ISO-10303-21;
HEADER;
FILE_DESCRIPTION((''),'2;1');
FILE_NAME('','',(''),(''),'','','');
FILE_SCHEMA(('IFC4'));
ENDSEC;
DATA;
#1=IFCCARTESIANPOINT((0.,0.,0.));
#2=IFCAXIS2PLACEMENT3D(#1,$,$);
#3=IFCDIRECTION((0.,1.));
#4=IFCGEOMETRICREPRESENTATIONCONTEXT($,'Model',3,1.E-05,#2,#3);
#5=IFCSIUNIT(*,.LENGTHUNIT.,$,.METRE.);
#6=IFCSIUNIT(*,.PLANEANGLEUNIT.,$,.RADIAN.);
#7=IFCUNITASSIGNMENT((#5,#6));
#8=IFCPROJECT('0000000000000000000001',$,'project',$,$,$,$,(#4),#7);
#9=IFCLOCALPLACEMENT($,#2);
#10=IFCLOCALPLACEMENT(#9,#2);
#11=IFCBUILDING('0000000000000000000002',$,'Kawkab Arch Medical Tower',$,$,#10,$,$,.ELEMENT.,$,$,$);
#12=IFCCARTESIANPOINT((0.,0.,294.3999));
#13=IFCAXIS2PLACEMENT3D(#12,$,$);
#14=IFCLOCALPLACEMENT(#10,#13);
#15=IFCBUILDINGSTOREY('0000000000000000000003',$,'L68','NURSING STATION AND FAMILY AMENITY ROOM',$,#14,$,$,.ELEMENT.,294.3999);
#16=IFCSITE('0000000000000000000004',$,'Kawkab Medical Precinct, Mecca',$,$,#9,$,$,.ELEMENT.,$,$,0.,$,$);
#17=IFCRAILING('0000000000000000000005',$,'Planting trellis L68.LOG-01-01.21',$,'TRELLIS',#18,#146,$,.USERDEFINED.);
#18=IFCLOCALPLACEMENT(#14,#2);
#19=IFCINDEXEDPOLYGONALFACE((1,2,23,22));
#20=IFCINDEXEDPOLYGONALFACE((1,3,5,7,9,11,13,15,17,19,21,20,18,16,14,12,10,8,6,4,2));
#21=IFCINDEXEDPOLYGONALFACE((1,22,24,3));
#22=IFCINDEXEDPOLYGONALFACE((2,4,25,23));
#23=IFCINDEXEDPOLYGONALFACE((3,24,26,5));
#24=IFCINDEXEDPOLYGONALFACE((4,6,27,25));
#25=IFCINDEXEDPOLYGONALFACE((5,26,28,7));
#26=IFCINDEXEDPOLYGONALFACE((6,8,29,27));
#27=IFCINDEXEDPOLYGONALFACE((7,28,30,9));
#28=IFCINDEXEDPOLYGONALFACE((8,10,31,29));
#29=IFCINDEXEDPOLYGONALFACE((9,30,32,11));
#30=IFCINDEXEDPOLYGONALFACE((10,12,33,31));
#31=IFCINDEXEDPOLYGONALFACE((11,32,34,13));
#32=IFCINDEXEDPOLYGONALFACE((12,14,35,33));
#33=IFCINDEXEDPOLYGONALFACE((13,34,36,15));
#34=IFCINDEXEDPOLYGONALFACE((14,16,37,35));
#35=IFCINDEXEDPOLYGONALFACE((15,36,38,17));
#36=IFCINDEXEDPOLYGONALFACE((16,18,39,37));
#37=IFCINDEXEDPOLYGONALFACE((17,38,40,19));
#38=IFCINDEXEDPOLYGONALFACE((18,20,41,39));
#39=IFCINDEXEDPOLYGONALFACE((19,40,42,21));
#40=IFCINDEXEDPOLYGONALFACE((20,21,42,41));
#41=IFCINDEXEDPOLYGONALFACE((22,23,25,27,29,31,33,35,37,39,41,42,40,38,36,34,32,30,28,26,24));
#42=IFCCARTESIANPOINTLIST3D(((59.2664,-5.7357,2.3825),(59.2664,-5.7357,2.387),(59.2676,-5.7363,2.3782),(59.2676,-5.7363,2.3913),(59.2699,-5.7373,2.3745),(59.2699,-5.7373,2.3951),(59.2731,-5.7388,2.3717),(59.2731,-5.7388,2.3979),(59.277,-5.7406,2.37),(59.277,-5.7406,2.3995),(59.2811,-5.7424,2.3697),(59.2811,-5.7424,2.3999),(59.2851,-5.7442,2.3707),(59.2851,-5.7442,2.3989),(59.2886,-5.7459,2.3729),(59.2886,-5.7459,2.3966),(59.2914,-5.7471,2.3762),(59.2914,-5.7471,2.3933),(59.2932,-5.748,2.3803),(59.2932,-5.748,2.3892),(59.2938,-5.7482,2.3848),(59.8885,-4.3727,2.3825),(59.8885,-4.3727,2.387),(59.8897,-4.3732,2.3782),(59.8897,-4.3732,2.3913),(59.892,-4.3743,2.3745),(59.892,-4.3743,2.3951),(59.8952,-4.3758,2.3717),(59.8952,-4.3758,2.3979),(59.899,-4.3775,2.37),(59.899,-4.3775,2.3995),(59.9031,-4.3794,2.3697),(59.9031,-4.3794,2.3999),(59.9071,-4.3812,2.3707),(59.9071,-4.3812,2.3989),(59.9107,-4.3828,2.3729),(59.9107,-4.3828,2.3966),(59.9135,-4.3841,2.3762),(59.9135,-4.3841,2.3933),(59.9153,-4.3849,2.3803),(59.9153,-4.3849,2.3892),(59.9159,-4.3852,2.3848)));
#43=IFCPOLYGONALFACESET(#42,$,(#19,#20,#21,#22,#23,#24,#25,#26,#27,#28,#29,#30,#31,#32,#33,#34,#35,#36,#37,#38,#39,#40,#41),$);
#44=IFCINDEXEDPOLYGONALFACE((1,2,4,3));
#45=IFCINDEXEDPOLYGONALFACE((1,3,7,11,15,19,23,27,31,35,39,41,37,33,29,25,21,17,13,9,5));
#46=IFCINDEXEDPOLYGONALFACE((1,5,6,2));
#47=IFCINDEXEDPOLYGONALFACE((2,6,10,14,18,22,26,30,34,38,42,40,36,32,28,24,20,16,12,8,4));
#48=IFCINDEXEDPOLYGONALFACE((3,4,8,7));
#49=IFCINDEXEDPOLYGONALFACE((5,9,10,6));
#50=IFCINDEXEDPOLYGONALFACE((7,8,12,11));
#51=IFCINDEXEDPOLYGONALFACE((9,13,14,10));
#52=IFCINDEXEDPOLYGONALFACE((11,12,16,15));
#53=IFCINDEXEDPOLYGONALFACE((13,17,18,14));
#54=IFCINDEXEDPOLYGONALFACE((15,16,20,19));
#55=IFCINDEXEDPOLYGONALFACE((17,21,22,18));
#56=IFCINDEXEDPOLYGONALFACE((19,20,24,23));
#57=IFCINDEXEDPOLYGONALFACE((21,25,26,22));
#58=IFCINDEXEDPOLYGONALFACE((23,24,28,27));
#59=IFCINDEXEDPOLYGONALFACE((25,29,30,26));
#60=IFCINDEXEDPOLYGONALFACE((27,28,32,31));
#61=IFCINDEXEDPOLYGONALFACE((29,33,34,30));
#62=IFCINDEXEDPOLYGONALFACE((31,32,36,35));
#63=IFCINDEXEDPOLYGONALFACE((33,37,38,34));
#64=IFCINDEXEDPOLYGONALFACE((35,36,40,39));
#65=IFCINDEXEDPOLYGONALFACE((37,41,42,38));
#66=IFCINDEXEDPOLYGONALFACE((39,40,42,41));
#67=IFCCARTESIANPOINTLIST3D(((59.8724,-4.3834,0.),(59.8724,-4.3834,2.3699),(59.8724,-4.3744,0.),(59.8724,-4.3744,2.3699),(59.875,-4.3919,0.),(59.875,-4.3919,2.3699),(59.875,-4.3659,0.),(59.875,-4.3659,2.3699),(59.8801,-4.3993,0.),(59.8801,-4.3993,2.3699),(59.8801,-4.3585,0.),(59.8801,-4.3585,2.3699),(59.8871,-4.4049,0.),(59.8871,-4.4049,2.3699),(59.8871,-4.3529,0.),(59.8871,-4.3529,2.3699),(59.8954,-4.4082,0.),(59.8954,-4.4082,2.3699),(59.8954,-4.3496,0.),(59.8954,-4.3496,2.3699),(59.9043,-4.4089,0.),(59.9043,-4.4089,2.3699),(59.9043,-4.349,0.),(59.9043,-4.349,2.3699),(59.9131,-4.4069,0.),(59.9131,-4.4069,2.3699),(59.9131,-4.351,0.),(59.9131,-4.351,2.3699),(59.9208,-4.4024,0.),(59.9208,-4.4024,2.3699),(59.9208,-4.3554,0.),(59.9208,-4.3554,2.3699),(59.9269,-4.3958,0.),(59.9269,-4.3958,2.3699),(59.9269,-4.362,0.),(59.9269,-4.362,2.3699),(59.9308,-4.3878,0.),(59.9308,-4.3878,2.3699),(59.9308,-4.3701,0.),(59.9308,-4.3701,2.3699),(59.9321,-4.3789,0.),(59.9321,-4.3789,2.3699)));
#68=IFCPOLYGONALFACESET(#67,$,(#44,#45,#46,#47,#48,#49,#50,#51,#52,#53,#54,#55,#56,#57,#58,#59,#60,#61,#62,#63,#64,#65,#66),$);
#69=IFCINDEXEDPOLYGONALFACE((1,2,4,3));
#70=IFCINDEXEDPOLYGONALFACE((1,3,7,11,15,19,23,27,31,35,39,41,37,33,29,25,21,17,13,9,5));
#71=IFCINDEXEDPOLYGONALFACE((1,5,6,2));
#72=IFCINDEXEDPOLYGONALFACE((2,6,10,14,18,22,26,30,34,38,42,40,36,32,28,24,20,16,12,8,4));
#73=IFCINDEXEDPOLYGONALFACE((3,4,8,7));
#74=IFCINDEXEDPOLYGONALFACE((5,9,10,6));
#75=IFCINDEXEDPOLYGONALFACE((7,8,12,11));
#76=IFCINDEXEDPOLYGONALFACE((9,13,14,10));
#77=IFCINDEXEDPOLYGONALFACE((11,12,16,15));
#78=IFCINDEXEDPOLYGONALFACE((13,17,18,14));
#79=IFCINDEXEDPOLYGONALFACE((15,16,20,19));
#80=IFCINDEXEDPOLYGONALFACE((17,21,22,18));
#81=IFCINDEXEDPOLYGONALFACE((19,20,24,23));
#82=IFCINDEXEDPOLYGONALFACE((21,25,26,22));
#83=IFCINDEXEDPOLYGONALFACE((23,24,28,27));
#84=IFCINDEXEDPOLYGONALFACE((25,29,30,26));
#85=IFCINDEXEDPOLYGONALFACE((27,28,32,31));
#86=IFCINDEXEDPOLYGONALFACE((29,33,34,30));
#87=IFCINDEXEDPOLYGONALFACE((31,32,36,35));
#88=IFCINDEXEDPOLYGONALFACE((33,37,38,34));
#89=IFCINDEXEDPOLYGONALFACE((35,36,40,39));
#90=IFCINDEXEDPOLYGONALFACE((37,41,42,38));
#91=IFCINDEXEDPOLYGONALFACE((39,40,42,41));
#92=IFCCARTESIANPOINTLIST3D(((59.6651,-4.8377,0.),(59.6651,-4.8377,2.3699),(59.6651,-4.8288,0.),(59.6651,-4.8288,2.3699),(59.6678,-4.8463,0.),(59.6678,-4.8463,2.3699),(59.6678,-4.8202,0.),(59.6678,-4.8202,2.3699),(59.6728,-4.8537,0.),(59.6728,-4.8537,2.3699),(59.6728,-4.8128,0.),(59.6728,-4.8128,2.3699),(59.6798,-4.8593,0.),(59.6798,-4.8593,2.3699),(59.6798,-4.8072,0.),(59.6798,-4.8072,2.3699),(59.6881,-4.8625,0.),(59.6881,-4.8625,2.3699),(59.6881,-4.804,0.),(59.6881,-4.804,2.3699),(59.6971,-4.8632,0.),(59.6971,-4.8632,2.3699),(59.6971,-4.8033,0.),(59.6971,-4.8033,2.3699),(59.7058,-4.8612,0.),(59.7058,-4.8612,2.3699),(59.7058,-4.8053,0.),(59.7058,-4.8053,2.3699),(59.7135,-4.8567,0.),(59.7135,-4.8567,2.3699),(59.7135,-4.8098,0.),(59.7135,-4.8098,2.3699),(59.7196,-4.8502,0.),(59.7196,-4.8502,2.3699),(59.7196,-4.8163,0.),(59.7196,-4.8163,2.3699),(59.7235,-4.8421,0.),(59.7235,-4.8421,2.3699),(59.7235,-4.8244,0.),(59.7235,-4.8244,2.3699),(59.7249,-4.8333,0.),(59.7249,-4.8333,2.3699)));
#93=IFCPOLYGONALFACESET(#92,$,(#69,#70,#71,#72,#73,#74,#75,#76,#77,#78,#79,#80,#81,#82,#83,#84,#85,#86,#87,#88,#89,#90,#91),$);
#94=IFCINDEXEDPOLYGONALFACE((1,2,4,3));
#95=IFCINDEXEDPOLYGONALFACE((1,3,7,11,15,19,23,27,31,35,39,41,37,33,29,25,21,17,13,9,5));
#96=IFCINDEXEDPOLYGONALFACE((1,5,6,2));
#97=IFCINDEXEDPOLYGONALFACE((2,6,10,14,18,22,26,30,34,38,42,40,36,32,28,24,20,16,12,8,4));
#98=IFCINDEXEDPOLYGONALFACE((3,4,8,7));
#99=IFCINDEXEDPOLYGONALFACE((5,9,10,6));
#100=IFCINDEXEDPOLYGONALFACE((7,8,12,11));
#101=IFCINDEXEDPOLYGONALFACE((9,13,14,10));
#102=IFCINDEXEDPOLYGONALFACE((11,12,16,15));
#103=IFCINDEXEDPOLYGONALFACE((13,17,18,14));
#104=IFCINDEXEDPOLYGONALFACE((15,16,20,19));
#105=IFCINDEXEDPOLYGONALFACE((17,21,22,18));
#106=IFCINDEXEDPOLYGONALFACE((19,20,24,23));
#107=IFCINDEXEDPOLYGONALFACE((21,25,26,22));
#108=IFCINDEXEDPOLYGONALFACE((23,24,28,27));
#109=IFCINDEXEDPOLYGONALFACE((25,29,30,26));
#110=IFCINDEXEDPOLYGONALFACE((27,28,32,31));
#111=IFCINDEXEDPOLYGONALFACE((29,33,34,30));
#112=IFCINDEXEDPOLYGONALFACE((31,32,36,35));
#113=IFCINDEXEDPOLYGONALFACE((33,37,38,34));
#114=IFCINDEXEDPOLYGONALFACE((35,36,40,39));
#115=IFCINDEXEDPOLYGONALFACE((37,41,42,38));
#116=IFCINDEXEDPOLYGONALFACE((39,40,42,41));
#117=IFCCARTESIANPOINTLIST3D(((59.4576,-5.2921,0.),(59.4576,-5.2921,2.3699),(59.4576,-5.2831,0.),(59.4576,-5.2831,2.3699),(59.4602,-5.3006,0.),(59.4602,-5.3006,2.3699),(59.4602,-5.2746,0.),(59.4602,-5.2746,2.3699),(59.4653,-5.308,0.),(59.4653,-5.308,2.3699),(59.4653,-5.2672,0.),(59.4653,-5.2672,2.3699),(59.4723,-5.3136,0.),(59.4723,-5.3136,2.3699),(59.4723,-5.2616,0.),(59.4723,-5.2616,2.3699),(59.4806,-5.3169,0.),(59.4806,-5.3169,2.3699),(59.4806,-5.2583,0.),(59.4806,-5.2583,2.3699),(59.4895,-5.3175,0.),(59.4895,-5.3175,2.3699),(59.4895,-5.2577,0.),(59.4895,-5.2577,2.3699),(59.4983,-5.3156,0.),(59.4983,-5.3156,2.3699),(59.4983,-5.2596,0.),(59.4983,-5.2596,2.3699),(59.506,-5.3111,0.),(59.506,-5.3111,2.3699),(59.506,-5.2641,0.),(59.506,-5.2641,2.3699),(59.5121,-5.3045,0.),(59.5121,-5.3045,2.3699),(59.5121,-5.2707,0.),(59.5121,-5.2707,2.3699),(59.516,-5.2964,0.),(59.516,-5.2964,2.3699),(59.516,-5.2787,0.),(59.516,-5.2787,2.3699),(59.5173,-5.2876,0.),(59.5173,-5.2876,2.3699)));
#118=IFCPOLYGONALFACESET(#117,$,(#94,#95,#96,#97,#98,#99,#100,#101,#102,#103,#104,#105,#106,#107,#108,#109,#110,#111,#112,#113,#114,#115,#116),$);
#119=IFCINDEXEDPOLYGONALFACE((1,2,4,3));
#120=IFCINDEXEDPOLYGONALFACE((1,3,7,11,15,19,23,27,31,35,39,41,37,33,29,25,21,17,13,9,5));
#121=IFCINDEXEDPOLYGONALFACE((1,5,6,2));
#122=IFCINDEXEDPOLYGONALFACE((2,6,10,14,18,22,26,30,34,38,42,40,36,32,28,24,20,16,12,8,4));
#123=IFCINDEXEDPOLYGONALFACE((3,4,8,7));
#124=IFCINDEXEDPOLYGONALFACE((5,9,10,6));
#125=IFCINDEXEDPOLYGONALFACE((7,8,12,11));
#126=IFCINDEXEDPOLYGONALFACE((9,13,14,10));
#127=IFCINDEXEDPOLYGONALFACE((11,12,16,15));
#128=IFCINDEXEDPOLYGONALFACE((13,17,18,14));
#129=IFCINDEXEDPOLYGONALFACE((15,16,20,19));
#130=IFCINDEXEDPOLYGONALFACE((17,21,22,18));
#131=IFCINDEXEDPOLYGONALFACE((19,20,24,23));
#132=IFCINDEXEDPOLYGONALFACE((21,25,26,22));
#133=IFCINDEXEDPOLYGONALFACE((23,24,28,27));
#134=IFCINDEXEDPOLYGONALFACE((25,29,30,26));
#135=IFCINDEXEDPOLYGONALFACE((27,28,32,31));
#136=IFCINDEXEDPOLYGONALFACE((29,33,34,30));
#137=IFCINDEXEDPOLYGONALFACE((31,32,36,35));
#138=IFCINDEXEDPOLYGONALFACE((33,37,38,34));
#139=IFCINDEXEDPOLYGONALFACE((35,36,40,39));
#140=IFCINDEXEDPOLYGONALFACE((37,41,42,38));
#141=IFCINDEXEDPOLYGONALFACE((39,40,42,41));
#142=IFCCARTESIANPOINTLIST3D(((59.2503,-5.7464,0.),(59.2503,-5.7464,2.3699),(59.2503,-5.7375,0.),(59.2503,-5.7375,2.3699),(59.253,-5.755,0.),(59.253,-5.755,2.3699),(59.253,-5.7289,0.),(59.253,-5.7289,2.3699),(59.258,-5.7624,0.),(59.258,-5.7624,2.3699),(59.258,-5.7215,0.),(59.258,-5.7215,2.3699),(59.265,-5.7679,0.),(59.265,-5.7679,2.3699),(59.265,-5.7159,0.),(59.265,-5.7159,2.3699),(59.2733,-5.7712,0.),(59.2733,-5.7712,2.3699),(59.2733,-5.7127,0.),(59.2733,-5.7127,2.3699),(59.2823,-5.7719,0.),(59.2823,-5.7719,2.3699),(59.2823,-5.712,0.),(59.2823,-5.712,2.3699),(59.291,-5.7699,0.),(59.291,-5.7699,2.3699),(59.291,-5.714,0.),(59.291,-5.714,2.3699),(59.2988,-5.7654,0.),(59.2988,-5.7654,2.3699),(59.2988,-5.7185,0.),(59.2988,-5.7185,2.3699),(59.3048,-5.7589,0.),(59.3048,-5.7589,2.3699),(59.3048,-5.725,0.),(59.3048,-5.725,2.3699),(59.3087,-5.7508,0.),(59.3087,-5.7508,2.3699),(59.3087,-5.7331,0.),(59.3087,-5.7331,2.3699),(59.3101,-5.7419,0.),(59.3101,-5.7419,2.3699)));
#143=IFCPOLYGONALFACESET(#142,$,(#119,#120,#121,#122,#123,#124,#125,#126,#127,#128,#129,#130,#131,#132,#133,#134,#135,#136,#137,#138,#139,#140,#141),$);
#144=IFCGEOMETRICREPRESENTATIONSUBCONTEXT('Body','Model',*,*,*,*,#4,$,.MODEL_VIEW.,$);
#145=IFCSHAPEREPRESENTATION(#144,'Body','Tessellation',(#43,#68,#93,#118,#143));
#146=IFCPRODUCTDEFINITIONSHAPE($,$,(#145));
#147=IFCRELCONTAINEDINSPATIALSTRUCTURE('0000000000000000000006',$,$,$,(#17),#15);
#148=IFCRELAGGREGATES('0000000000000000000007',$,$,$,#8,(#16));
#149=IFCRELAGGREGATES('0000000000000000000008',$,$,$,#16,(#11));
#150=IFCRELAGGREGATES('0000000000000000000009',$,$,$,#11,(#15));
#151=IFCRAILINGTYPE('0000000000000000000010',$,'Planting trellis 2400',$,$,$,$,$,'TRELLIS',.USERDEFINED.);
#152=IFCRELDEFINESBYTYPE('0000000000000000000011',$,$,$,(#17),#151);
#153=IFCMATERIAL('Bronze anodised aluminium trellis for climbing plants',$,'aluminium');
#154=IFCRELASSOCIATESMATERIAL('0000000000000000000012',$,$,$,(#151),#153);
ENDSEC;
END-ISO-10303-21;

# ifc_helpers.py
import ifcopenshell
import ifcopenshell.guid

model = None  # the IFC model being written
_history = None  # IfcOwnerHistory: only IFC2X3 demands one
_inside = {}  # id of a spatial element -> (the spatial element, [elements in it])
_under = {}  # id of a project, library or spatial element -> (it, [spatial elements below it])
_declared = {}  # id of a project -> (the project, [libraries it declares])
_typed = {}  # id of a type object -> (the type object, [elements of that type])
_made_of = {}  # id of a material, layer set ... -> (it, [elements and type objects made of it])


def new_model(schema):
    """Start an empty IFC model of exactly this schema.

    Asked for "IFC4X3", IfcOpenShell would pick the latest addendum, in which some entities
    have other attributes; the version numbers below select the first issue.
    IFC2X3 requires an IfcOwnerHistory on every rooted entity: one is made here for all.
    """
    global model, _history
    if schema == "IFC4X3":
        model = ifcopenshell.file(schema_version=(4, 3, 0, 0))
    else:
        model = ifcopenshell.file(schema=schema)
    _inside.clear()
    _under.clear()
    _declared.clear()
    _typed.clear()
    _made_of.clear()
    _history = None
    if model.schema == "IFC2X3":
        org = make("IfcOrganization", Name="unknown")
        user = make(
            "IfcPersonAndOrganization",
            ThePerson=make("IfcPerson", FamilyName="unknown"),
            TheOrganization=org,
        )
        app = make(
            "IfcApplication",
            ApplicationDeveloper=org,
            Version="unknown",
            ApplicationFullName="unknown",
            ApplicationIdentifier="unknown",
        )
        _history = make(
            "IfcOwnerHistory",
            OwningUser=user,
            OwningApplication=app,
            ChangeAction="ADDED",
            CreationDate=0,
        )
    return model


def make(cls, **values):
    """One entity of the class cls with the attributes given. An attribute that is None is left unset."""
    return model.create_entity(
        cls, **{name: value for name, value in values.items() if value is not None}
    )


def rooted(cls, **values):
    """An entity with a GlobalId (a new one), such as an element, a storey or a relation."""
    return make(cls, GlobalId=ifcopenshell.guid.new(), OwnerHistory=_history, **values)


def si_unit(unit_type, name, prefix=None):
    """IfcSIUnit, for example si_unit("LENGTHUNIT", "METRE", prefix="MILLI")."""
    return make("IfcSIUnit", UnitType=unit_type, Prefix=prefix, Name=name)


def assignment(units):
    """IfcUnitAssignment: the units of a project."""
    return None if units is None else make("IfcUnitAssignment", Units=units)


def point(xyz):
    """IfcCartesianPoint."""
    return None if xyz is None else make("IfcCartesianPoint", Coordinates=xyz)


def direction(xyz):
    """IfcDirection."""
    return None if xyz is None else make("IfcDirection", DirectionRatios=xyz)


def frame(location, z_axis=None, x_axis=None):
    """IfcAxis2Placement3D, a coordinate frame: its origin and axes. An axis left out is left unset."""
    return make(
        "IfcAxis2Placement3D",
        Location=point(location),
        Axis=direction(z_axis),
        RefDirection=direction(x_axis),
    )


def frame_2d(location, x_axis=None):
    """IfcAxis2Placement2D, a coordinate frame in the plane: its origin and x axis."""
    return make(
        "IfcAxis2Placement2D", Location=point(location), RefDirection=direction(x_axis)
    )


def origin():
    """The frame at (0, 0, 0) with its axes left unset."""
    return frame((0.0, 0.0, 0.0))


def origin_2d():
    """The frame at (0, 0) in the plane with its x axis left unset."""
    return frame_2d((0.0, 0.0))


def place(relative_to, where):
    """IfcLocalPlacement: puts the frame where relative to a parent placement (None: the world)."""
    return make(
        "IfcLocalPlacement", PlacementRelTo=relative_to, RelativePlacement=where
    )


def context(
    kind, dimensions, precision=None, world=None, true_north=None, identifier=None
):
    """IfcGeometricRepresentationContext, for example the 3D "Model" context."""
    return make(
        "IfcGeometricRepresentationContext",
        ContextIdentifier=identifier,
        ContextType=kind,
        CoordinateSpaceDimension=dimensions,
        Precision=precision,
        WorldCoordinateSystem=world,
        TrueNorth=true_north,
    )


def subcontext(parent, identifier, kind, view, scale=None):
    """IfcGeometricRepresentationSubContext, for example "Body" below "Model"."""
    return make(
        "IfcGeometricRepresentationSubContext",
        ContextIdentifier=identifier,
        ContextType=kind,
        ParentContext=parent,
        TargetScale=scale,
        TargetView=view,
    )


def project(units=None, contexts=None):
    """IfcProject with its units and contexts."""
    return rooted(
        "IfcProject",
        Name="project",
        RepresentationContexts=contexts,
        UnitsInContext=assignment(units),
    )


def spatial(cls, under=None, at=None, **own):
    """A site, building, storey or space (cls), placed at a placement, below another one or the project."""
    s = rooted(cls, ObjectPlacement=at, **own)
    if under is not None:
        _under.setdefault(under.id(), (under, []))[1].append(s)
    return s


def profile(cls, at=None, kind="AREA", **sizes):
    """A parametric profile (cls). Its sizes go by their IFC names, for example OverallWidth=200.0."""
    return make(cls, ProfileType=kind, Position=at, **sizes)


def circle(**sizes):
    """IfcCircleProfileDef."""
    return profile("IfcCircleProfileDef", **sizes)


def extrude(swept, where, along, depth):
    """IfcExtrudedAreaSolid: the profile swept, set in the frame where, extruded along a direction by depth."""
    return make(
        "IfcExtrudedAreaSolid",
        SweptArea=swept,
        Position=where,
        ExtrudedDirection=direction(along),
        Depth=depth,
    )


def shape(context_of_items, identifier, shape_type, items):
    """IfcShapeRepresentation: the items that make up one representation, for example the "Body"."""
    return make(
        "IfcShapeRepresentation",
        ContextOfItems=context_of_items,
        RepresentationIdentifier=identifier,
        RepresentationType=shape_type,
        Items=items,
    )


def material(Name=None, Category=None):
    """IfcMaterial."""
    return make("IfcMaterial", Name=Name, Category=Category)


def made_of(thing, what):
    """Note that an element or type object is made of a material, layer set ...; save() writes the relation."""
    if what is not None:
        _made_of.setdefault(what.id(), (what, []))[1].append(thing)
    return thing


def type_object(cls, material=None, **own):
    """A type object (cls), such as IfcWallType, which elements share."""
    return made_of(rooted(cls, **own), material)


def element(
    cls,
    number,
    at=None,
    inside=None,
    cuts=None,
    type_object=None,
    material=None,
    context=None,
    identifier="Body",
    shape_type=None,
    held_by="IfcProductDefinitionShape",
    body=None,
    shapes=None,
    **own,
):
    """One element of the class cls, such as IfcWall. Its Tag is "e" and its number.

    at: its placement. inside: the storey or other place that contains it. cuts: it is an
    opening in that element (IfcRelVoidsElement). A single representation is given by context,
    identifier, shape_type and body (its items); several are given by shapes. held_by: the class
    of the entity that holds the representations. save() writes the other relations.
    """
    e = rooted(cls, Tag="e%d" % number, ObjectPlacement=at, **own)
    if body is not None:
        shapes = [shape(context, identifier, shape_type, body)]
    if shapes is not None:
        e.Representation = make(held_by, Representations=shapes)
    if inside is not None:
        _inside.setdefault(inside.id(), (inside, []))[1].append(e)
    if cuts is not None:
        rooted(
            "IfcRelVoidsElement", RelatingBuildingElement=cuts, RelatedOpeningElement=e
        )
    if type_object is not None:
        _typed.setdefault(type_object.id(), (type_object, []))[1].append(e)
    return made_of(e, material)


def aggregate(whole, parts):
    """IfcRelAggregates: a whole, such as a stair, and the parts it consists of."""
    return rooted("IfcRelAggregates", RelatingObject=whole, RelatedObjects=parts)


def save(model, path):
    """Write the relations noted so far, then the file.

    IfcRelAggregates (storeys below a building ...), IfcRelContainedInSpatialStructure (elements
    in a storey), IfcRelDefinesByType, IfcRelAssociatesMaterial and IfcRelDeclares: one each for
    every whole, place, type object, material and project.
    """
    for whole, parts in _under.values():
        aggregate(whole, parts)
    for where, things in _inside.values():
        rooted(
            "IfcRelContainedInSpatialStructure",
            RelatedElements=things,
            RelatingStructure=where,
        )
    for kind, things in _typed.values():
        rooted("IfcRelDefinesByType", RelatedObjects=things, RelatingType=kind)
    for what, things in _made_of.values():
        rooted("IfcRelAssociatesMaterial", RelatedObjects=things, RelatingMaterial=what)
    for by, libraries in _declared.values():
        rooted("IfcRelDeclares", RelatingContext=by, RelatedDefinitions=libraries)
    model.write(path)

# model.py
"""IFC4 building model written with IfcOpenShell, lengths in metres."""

from ifc_helpers import new_model, si_unit, direction, frame, origin, origin_2d, place, context, subcontext, project, spatial, circle, extrude, material, type_object, element, save


model = new_model("IFC4")

# Units and contexts
model_context = context("Model", 3, precision=1e-05, world=origin(), true_north=direction((0.0, 1.0)))
body_context = subcontext(model_context, "Body", "Model", "MODEL_VIEW")
ifc_project = project(units=[si_unit("LENGTHUNIT", "METRE"), si_unit("PLANEANGLEUNIT", "RADIAN")], contexts=[model_context])

# Site, building, storey
site_placement = place(None, origin())
site = spatial("IfcSite", under=ifc_project, at=site_placement, Name="Kawkab Medical Precinct, Mecca", CompositionType="ELEMENT", RefElevation=0.0)
building_placement = place(site_placement, origin())
building = spatial("IfcBuilding", under=site, at=building_placement, Name="Kawkab Arch Medical Tower", CompositionType="ELEMENT")
storey_placement = place(building_placement, frame((0.0, 0.0, 294.3999)))
storey = spatial("IfcBuildingStorey", under=building, at=storey_placement, Name="L68", Description="NURSING STATION AND FAMILY AMENITY ROOM", CompositionType="ELEMENT", Elevation=294.3999)

# Railing
ifc_material_1 = material(Name="Bronze anodised aluminium trellis for climbing plants", Category="aluminium")
railing_type_1 = type_object("IfcRailingType", Name="Planting trellis 2400", ElementType="TRELLIS", PredefinedType="USERDEFINED", material=ifc_material_1)
railing_1_placement = place(storey_placement, frame((59.9021, -4.3789, 0.0)))
element("IfcRailing", 1, at=railing_1_placement, inside=storey, type_object=railing_type_1, Name="Planting trellis L68.LOG-01-01.21", ObjectType="TRELLIS", PredefinedType="USERDEFINED", context=body_context, shape_type="SweptSolid", body=[
    extrude(circle(Radius=0.0151, at=origin_2d()), frame((0.0, 0.0, 2.3848), z_axis=(-0.41519, -0.909735, 0.0), x_axis=(0.909735, -0.41519, 0.0)), (0.0, 0.0, 1.0), 1.4983),
    extrude(circle(Radius=0.03, at=origin_2d()), origin(), (0.0, 0.0, 1.0), 2.3699),
    extrude(circle(Radius=0.03, at=origin_2d()), frame((-0.2073, -0.4543, 0.0)), (0.0, 0.0, 1.0), 2.3699),
    extrude(circle(Radius=0.03, at=origin_2d()), frame((-0.4148, -0.9087, 0.0)), (0.0, 0.0, 1.0), 2.3699),
    extrude(circle(Radius=0.03, at=origin_2d()), frame((-0.6221, -1.363, 0.0)), (0.0, 0.0, 1.0), 2.3699),
])

save(model, "model.ifc")
